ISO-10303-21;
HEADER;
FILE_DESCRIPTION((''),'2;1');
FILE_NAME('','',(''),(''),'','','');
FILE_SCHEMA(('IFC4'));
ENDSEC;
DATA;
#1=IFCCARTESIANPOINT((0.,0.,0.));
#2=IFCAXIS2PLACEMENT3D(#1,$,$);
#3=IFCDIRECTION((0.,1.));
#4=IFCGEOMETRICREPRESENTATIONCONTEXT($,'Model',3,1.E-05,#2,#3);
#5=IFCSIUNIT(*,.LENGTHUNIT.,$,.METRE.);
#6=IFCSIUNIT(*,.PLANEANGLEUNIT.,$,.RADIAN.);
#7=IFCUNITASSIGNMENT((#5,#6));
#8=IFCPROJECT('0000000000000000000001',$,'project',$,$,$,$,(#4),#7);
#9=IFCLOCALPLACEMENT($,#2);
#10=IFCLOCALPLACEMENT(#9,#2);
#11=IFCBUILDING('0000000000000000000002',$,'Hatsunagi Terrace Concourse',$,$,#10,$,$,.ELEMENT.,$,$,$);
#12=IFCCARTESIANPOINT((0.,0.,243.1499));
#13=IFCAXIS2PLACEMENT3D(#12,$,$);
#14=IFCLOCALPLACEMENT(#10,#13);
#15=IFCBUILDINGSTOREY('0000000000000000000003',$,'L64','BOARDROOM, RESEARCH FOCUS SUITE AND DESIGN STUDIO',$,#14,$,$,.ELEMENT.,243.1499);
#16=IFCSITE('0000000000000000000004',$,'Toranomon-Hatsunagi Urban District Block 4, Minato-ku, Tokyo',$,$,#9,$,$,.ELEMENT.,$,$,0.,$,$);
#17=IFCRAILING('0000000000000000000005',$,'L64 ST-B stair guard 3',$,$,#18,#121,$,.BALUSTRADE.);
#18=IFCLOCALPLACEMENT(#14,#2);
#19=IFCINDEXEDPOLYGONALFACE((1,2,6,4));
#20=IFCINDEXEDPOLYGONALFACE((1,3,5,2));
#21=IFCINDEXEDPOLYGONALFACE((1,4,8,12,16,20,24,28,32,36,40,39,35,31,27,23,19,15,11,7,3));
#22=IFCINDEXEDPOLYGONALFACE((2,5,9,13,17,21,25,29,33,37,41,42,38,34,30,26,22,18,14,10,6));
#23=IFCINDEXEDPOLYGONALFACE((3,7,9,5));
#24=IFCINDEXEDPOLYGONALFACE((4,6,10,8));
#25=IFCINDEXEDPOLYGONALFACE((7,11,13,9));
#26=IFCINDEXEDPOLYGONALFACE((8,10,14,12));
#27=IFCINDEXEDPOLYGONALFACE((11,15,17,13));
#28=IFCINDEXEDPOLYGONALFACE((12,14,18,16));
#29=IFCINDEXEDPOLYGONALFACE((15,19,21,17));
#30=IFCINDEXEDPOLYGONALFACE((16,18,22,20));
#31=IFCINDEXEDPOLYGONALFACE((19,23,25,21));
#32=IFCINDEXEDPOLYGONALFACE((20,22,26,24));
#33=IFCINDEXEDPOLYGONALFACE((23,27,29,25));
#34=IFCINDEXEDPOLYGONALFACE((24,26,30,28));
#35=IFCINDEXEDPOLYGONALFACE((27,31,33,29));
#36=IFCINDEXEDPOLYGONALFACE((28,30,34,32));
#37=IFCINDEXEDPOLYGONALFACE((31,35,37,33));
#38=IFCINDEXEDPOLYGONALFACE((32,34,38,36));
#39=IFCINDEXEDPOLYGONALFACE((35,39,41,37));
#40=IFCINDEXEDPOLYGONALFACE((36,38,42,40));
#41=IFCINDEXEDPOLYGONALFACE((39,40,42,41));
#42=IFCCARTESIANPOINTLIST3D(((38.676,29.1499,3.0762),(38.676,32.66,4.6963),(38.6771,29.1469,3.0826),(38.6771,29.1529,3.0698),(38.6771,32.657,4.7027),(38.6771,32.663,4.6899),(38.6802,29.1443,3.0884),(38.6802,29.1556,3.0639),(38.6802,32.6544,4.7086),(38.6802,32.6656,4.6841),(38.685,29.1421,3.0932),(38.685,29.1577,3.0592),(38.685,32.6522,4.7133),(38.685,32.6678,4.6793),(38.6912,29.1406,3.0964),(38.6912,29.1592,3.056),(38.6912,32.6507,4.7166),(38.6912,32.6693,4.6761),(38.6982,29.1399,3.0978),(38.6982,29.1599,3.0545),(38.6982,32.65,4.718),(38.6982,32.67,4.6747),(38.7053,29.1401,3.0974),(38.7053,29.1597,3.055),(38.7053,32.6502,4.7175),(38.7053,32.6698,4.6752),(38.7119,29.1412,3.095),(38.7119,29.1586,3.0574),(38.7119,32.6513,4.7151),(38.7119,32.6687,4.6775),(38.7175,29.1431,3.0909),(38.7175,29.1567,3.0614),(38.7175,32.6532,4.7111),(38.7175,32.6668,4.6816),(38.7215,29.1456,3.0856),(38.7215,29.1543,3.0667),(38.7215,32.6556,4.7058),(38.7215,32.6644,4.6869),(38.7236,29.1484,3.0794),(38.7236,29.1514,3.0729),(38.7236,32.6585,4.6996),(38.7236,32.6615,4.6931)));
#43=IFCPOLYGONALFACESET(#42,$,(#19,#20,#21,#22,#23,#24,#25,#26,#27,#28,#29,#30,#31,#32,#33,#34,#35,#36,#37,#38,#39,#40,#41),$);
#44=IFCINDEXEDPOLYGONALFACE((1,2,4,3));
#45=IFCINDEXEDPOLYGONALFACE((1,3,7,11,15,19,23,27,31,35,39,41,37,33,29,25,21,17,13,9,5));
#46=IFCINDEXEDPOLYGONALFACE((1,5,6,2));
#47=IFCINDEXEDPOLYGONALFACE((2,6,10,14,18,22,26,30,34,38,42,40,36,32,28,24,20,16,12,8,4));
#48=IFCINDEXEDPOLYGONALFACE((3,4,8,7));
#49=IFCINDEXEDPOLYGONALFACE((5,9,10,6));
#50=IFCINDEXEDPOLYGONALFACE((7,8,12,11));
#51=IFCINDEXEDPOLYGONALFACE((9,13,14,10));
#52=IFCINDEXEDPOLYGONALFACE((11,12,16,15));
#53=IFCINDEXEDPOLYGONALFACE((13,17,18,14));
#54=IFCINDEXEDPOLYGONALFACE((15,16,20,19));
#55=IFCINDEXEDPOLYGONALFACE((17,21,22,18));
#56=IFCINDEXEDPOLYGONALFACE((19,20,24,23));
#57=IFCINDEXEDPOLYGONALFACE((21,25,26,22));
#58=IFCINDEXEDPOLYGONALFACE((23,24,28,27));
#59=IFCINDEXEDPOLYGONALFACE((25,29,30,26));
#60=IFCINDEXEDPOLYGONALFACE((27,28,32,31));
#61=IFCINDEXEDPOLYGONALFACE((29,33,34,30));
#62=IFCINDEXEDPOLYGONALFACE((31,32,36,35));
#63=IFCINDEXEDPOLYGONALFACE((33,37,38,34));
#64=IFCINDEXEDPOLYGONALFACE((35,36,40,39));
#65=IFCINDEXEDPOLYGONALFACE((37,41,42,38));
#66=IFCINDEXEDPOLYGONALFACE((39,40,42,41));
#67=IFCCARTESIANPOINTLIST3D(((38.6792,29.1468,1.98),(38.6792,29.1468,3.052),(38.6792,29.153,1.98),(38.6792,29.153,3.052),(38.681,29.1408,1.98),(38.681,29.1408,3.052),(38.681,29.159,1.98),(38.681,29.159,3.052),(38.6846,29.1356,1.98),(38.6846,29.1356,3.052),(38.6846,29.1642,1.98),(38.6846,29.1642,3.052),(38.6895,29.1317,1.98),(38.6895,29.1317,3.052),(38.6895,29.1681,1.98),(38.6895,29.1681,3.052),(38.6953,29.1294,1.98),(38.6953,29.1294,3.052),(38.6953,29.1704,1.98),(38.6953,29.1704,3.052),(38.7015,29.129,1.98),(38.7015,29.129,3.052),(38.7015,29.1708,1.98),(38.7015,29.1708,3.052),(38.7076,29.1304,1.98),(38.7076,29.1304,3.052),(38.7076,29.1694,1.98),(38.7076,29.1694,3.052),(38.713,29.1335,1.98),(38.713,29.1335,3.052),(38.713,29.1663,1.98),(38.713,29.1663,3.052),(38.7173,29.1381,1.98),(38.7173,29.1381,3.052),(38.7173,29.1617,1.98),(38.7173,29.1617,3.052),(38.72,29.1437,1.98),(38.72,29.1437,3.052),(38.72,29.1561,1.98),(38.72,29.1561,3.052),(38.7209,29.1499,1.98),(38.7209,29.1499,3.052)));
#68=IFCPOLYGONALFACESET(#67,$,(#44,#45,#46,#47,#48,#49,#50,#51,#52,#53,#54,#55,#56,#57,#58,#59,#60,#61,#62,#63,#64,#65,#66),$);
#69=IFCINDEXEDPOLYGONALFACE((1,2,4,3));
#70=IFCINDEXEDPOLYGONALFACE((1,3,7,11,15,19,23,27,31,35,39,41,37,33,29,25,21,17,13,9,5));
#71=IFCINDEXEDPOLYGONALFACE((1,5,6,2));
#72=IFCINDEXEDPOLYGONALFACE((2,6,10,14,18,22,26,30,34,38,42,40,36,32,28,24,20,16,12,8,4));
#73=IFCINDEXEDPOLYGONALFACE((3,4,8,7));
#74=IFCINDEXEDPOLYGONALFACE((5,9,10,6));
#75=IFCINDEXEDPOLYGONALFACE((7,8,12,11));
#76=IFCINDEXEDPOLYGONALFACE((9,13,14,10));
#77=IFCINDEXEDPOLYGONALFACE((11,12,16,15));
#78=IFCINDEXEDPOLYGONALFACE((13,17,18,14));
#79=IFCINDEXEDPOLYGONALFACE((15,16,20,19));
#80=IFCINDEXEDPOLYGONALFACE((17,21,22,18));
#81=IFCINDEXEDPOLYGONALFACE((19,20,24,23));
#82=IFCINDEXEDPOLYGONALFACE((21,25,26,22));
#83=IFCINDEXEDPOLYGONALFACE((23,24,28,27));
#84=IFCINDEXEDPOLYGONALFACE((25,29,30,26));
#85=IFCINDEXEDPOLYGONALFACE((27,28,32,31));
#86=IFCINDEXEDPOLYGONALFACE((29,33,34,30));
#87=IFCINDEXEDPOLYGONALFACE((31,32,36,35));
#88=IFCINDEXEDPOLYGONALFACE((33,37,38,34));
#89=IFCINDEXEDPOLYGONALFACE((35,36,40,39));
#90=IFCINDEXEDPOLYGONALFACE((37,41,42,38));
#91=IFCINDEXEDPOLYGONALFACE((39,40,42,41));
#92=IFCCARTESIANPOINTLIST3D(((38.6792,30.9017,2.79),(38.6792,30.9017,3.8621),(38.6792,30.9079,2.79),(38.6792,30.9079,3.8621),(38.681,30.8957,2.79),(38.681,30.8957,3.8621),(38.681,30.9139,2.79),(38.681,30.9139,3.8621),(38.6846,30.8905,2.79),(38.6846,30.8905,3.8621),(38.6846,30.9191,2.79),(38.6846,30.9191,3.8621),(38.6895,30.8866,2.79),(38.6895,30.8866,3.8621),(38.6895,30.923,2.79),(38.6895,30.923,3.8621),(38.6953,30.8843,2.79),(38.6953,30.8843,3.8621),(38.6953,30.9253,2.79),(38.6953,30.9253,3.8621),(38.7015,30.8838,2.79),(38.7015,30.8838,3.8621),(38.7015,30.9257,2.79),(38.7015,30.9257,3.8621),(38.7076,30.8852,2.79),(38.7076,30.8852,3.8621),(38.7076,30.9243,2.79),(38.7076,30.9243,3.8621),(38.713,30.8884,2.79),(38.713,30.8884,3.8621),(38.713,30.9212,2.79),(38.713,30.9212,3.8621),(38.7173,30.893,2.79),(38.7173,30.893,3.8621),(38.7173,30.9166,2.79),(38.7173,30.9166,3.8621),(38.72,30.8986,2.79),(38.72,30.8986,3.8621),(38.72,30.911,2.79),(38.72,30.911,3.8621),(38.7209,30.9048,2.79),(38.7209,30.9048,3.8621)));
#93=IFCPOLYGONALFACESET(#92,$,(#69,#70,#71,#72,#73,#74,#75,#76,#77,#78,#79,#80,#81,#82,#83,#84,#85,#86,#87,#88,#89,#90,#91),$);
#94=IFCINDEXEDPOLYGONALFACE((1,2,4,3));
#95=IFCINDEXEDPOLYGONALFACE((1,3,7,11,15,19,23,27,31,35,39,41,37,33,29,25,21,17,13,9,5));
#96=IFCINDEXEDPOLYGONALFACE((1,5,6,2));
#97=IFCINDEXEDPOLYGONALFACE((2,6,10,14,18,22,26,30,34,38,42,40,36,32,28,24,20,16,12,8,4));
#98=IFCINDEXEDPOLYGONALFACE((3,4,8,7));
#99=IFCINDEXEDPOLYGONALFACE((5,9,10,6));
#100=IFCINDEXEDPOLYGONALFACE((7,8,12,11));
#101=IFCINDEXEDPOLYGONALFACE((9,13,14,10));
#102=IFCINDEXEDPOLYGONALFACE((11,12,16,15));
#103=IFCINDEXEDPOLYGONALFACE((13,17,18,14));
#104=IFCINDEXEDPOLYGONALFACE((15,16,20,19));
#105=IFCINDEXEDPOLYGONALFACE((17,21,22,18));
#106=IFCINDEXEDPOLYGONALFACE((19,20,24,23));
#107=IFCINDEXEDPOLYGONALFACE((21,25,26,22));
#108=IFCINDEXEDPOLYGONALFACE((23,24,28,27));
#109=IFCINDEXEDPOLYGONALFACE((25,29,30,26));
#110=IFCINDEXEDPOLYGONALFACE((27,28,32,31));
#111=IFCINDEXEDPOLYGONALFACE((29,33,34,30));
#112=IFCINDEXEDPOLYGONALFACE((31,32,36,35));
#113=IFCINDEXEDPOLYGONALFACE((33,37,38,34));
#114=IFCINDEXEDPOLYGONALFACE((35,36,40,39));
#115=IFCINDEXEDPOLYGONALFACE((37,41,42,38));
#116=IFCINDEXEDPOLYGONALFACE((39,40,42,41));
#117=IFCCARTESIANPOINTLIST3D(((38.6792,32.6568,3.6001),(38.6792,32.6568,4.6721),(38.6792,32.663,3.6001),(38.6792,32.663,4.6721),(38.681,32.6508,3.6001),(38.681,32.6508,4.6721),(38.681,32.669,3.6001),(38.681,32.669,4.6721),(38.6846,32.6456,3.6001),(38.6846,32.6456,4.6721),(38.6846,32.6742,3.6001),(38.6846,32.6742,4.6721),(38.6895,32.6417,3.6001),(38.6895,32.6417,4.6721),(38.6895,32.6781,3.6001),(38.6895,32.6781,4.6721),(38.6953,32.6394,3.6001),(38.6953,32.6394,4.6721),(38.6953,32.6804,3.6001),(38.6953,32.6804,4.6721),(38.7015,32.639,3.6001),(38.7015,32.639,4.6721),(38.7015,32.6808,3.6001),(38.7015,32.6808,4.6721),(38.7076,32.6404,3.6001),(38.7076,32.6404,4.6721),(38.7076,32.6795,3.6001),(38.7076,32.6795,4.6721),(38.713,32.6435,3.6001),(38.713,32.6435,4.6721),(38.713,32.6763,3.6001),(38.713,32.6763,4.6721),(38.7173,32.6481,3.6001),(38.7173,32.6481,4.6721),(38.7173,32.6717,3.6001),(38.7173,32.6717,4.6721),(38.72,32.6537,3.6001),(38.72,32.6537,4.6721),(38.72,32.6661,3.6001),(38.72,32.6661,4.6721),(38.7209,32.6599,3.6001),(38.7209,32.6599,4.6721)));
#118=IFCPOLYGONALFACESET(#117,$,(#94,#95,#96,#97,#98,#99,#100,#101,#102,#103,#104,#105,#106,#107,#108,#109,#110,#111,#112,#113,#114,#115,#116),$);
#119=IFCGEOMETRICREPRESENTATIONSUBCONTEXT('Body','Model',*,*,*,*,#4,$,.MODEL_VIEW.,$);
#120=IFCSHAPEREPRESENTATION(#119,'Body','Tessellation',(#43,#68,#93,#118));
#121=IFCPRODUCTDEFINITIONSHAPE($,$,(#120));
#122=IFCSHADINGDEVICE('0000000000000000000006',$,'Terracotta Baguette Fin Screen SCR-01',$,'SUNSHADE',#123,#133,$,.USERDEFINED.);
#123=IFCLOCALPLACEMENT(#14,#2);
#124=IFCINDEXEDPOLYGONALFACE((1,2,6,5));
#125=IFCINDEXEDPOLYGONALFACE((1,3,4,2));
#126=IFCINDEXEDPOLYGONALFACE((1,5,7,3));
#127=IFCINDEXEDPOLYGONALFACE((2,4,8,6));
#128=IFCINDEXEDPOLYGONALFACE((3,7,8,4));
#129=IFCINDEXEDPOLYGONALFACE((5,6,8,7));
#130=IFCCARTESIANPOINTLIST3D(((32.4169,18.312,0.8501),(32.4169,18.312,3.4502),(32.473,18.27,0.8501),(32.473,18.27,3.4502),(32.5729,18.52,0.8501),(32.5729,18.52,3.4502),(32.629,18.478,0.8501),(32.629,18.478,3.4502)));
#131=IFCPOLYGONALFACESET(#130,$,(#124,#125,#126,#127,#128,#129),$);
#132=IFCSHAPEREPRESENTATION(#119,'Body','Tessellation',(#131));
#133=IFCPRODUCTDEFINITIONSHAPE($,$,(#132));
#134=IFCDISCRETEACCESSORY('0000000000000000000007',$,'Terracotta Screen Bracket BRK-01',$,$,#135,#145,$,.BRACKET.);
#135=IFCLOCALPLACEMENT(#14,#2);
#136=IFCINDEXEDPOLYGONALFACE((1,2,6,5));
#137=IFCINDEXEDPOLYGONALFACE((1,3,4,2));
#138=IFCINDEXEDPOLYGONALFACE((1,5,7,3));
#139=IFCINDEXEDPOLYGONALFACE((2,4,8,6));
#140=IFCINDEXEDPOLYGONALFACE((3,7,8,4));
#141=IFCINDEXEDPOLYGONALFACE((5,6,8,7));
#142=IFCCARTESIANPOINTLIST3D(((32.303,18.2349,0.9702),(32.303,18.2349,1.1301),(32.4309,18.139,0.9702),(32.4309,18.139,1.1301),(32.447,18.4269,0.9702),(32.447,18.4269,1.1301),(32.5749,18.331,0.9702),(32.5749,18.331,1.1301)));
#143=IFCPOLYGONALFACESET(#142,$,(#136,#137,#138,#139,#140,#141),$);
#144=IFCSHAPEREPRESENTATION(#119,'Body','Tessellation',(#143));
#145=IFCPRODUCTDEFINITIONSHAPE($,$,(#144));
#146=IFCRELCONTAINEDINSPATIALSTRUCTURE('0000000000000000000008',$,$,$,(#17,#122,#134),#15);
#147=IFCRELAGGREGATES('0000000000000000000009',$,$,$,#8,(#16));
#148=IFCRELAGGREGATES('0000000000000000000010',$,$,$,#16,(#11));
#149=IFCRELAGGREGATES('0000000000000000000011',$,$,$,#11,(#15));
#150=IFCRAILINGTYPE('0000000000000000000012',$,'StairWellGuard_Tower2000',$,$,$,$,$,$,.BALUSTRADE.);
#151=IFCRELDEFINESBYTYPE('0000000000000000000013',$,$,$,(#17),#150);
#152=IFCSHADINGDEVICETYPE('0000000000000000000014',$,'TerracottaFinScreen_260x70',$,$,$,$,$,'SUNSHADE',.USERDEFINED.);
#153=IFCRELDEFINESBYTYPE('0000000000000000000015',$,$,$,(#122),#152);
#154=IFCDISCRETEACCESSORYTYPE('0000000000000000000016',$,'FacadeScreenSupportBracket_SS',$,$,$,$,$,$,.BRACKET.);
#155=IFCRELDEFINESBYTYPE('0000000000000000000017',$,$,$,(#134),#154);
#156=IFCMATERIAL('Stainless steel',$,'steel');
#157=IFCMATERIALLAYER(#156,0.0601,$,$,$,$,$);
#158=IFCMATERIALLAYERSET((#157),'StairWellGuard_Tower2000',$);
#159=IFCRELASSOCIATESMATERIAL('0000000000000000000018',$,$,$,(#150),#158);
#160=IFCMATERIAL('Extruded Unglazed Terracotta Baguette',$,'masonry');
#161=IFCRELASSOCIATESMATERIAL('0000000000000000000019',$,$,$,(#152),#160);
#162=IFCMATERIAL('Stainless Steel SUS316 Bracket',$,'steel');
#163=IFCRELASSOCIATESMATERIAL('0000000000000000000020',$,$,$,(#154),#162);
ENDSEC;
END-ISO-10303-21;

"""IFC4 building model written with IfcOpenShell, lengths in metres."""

from ifc_helpers import new_model, si_unit, direction, frame, origin, origin_2d, place, context, subcontext, project, spatial, rectangle, circle, extrude, material, layer, layer_set, type_object, element, save


model = new_model("IFC4")

# Units and contexts
model_context = context("Model", 3, precision=1e-05, world=origin(), true_north=direction((0.0, 1.0)))
body_context = subcontext(model_context, "Body", "Model", "MODEL_VIEW")
ifc_project = project(units=[si_unit("LENGTHUNIT", "METRE"), si_unit("PLANEANGLEUNIT", "RADIAN")], contexts=[model_context])

# Site, building, storey
site_placement = place(None, origin())
site = spatial("IfcSite", under=ifc_project, at=site_placement, Name="Toranomon-Hatsunagi Urban District Block 4, Minato-ku, Tokyo", CompositionType="ELEMENT", RefElevation=0.0)
building_placement = place(site_placement, origin())
building = spatial("IfcBuilding", under=site, at=building_placement, Name="Hatsunagi Terrace Concourse", CompositionType="ELEMENT")
storey_placement = place(building_placement, frame((0.0, 0.0, 243.1499)))
storey = spatial("IfcBuildingStorey", under=building, at=storey_placement, Name="L64", Description="BOARDROOM, RESEARCH FOCUS SUITE AND DESIGN STUDIO", CompositionType="ELEMENT", Elevation=243.1499)

# Railing
ifc_material_1 = material(Name="Stainless steel", Category="steel")
ifc_layer_1 = layer(ifc_material_1, 0.0601)
ifc_layer_set_1 = layer_set([ifc_layer_1], Name="StairWellGuard_Tower2000")
railing_type = type_object("IfcRailingType", Name="StairWellGuard_Tower2000", PredefinedType="BALUSTRADE", material=ifc_layer_set_1)
railing_1_placement = place(storey_placement, frame((38.7, 29.1499, 1.98)))
element("IfcRailing", 1, at=railing_1_placement, inside=storey, type_object=railing_type, Name="L64 ST-B stair guard 3", PredefinedType="BALUSTRADE", context=body_context, shape_type="SweptSolid", body=[
    extrude(circle(Radius=0.0239, at=origin_2d()), frame((0.0, 0.0, 1.0962), z_axis=(0.0, 0.907948, 0.419082), x_axis=(-1.0, 0.0, 0.0)), (0.0, 0.0, 1.0), 3.866),
    extrude(circle(Radius=0.021, at=origin_2d()), origin(), (0.0, 0.0, 1.0), 1.072),
    extrude(circle(Radius=0.021, at=origin_2d()), frame((0.0, 1.7549, 0.8101)), (0.0, 0.0, 1.0), 1.072),
    extrude(circle(Radius=0.021, at=origin_2d()), frame((0.0, 3.51, 1.6201)), (0.0, 0.0, 1.0), 1.072),
])

# Shading device
ifc_material_2 = material(Name="Extruded Unglazed Terracotta Baguette", Category="masonry")
shading_device_type = type_object("IfcShadingDeviceType", Name="TerracottaFinScreen_260x70", ElementType="SUNSHADE", PredefinedType="USERDEFINED", material=ifc_material_2)
shading_device_placement = place(storey_placement, frame((32.5229, 18.395, 0.8501), z_axis=(0.0, 0.0, 1.0), x_axis=(-0.800007, 0.59999, 0.0)))
element("IfcShadingDevice", 2, at=shading_device_placement, inside=storey, type_object=shading_device_type, Name="Terracotta Baguette Fin Screen SCR-01", ObjectType="SUNSHADE", PredefinedType="USERDEFINED", context=body_context, shape_type="SweptSolid", body=[
    extrude(rectangle(XDim=0.0701, YDim=0.26, at=origin_2d()), origin(), (0.0, 0.0, 1.0), 2.6001),
])

# Discrete accessory
ifc_material_3 = material(Name="Stainless Steel SUS316 Bracket", Category="steel")
discrete_accessory_type = type_object("IfcDiscreteAccessoryType", Name="FacadeScreenSupportBracket_SS", PredefinedType="BRACKET", material=ifc_material_3)
discrete_accessory_placement = place(storey_placement, frame((32.439, 18.283, 0.9702), z_axis=(0.0, 0.0, 1.0), x_axis=(-0.800007, 0.59999, 0.0)))
element("IfcDiscreteAccessory", 3, at=discrete_accessory_placement, inside=storey, type_object=discrete_accessory_type, Name="Terracotta Screen Bracket BRK-01", PredefinedType="BRACKET", context=body_context, shape_type="SweptSolid", body=[
    extrude(rectangle(XDim=0.1599, YDim=0.24, at=origin_2d()), origin(), (0.0, 0.0, 1.0), 0.1599),
])

save(model, "model.ifc")
